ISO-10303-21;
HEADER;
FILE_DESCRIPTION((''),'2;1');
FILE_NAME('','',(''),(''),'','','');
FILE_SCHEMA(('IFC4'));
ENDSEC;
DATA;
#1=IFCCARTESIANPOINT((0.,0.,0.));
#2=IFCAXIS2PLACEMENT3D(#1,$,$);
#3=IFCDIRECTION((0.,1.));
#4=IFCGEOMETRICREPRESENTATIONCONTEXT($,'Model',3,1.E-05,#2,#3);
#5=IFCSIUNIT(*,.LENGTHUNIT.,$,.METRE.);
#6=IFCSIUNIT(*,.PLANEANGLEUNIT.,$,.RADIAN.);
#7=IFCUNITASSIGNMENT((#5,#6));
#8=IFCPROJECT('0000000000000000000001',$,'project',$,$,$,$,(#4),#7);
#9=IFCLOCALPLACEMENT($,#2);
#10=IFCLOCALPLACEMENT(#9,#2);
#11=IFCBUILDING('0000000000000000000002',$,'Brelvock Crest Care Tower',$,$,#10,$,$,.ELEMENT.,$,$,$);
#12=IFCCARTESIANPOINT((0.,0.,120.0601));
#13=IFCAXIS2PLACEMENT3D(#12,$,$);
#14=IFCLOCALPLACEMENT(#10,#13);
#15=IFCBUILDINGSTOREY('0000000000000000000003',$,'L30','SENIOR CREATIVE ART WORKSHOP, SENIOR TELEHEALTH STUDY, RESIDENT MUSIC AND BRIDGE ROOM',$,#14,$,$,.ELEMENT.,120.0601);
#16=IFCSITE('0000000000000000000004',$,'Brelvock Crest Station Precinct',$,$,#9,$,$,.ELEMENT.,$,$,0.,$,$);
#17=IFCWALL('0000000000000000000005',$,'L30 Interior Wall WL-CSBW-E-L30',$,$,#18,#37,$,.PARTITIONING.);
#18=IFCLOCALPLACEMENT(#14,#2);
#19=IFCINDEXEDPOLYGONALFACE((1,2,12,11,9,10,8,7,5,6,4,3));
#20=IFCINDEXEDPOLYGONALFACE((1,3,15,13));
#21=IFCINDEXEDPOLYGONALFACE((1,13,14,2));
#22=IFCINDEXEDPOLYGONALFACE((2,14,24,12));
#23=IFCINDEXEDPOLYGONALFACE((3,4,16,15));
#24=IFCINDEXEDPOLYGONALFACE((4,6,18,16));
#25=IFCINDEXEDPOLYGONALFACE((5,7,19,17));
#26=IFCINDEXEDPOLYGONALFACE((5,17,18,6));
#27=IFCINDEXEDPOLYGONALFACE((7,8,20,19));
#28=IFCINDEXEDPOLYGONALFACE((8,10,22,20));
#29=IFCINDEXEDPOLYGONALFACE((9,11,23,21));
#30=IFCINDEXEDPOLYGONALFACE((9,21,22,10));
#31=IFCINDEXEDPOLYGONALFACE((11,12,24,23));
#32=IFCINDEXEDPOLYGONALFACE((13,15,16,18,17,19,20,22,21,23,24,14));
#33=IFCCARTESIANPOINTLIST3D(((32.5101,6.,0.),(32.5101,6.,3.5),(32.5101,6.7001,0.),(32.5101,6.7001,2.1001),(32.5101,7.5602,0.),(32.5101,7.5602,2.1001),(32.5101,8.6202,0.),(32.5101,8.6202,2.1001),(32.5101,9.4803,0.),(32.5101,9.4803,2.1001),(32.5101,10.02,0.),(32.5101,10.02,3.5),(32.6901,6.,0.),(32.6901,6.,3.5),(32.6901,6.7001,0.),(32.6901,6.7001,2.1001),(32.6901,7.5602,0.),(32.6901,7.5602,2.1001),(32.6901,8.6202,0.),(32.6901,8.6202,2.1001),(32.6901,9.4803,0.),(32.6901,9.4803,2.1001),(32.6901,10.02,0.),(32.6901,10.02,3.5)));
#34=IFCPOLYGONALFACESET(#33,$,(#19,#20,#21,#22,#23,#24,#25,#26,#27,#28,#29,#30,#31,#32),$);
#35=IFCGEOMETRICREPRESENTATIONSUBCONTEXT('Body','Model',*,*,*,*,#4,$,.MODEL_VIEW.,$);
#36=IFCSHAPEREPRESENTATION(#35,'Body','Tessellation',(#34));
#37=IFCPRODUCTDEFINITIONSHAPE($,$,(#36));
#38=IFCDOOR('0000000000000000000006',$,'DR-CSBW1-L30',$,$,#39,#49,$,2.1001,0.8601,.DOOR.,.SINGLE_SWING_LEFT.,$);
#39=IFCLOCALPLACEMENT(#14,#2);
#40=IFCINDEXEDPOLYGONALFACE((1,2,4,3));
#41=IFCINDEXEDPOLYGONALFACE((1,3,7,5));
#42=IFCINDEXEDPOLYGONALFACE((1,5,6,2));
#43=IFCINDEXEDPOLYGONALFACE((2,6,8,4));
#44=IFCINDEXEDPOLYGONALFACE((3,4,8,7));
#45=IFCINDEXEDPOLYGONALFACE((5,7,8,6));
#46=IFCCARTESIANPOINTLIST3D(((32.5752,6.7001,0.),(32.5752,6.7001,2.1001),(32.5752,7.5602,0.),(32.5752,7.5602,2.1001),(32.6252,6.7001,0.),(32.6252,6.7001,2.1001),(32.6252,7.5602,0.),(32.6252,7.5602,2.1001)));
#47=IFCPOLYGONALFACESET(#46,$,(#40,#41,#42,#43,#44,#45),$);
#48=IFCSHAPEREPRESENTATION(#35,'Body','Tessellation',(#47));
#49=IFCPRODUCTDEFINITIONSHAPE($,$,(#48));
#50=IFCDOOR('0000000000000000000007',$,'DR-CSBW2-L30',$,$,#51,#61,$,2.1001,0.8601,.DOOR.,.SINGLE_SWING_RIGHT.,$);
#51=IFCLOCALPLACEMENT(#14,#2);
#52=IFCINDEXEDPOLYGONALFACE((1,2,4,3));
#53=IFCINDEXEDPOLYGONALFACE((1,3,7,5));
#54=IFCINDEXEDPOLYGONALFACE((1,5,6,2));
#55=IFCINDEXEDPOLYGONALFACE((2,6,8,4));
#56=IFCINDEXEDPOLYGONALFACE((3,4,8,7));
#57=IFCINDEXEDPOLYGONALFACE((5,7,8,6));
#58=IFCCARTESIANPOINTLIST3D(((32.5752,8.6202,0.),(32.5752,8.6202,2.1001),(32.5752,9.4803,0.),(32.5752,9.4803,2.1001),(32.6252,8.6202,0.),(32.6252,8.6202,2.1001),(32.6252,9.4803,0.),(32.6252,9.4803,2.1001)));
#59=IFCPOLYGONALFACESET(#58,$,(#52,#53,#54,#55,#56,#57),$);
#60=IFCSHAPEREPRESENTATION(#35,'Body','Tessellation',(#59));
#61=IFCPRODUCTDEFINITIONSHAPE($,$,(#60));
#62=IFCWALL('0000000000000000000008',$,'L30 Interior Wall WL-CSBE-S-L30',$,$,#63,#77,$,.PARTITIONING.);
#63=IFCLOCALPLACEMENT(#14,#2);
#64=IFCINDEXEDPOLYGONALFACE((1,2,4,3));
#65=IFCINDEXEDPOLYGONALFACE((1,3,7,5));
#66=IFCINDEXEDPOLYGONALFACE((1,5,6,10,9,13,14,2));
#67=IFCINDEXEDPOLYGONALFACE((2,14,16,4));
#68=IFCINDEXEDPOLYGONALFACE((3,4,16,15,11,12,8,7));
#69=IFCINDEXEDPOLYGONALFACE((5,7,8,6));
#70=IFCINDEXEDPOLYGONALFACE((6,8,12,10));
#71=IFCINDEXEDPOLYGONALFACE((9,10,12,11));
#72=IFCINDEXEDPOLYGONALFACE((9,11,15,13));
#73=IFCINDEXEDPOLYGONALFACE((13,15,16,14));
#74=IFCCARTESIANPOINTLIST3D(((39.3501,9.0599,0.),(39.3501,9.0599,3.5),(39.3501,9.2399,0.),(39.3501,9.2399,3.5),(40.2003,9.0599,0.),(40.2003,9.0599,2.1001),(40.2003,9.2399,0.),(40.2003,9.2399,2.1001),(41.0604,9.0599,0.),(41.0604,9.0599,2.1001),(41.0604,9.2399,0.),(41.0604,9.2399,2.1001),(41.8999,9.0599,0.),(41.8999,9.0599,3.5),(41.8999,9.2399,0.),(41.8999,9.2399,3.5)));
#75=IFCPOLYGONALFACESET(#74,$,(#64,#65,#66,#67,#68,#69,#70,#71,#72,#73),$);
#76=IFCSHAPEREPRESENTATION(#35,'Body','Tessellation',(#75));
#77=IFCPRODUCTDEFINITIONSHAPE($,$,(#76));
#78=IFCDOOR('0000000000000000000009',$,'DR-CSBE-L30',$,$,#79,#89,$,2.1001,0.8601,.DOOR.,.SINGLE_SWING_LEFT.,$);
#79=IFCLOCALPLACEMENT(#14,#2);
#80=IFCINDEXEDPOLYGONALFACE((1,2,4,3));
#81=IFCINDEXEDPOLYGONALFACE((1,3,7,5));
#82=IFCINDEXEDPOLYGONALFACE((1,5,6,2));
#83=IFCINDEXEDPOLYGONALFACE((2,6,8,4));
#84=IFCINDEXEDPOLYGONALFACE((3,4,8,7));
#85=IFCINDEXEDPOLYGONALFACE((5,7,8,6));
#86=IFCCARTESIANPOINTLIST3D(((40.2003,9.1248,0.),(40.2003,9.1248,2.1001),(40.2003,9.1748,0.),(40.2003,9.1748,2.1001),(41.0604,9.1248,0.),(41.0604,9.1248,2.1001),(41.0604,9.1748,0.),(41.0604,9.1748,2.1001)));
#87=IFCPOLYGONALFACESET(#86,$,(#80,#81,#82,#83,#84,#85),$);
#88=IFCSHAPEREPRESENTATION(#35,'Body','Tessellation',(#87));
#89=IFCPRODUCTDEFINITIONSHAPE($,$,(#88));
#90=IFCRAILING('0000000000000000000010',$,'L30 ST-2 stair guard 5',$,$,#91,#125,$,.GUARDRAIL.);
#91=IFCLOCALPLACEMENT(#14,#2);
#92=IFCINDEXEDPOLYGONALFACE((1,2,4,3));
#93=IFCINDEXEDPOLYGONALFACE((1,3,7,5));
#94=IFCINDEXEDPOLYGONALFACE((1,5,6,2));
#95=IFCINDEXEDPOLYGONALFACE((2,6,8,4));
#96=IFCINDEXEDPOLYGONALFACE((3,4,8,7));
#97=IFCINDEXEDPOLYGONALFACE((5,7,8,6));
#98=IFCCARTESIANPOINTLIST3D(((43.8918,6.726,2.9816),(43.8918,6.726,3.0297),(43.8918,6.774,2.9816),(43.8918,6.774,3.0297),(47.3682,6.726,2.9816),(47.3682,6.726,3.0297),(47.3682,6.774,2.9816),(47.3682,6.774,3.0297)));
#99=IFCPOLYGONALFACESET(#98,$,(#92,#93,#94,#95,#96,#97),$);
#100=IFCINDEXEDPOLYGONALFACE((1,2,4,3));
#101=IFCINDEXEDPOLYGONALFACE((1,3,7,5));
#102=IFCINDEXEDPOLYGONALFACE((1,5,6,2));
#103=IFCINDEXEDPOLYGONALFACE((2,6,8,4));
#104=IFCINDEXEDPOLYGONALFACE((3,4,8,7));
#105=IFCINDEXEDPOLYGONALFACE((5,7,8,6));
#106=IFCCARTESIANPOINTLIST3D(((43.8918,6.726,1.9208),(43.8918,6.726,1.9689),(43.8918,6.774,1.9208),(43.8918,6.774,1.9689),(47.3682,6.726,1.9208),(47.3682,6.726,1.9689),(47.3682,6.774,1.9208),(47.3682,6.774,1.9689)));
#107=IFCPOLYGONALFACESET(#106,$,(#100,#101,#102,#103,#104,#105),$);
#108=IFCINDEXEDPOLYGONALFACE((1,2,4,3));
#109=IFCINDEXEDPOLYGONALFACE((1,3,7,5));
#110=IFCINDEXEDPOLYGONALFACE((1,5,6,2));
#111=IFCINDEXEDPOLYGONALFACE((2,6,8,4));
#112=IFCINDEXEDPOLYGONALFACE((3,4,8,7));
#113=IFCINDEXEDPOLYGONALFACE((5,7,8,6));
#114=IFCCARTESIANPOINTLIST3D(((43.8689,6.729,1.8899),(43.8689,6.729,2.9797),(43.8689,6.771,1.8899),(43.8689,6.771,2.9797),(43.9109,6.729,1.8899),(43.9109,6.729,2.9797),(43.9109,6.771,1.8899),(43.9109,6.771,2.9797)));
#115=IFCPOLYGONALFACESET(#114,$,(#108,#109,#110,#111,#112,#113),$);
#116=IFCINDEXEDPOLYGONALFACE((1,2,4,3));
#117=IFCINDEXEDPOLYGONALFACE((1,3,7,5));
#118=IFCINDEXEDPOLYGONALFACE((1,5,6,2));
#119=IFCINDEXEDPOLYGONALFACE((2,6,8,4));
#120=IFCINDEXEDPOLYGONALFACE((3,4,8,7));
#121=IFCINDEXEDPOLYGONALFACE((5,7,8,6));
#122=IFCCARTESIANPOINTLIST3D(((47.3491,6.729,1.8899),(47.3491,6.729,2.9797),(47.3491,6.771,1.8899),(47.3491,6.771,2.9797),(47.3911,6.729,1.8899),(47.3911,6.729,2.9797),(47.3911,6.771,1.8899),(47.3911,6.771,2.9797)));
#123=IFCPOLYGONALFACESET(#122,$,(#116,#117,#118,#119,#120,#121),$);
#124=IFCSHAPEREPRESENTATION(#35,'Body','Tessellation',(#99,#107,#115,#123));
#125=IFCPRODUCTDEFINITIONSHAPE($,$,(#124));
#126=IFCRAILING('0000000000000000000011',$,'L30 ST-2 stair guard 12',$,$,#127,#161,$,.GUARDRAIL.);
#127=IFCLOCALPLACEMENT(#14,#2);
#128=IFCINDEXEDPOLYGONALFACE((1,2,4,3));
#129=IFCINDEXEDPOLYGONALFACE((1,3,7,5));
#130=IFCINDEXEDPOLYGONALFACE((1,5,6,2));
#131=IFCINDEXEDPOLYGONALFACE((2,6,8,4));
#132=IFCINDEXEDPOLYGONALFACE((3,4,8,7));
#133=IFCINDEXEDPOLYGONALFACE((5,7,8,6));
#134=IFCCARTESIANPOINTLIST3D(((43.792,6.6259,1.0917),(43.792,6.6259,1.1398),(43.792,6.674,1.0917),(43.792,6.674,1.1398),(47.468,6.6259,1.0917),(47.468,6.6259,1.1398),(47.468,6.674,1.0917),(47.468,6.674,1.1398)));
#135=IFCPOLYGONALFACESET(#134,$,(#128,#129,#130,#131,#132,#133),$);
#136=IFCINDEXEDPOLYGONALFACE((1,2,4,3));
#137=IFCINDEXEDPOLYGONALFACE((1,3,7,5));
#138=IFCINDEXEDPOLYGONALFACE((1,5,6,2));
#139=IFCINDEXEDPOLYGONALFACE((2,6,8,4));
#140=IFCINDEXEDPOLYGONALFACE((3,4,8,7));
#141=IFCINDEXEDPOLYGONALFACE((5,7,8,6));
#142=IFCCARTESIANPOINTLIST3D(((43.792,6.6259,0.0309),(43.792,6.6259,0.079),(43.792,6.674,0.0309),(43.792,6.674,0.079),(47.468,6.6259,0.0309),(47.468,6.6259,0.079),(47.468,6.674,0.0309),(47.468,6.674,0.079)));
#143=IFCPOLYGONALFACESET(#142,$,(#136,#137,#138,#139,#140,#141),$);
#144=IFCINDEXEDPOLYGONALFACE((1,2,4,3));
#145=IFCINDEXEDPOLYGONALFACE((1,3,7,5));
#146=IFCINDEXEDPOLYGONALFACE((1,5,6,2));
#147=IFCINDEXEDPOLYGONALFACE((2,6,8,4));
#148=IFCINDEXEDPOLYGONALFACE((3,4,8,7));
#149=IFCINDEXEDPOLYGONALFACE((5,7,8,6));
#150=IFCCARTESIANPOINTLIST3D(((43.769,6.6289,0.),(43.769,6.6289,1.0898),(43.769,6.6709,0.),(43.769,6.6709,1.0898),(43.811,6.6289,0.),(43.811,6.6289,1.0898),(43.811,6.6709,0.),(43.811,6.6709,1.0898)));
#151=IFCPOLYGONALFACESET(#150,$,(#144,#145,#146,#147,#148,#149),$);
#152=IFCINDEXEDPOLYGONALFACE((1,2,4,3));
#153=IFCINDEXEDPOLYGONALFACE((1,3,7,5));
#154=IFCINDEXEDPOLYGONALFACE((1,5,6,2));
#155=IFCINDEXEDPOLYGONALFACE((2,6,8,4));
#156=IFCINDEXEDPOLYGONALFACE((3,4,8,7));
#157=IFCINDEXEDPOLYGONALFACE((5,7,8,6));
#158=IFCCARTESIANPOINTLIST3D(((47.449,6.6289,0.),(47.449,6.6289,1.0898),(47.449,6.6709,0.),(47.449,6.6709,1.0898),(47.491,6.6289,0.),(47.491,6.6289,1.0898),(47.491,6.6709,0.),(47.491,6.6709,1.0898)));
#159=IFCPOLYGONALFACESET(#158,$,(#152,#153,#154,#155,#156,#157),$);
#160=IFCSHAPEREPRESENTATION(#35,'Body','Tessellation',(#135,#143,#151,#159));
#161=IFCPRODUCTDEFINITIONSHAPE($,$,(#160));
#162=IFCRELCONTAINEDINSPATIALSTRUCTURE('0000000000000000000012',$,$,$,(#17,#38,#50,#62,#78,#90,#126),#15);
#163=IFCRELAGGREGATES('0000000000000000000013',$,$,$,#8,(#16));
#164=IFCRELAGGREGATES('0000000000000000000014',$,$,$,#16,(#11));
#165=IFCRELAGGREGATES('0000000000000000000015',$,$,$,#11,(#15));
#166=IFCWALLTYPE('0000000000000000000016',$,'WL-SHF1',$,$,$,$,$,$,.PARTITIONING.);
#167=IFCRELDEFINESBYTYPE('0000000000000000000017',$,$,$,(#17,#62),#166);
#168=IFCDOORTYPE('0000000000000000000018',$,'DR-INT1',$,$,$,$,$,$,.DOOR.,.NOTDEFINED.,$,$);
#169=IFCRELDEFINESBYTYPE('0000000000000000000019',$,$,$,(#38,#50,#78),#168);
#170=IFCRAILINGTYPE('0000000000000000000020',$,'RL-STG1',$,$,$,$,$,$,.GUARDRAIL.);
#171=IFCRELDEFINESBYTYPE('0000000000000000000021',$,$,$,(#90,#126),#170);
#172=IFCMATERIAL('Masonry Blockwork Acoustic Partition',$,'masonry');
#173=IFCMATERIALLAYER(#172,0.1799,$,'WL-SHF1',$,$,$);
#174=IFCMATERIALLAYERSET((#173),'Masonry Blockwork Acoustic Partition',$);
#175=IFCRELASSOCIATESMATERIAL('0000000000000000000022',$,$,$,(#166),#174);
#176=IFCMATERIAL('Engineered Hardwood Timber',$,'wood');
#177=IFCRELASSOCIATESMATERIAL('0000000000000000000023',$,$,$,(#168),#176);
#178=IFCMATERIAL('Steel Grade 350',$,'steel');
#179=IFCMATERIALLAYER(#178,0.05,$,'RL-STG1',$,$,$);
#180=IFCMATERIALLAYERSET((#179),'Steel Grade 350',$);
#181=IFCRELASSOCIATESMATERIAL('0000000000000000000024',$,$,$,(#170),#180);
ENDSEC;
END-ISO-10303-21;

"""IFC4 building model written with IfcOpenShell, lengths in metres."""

from ifc_helpers import new_model, si_unit, direction, frame, frame_2d, origin, origin_2d, place, context, subcontext, project, spatial, rectangle, extrude, source, transform, mapped, material, layer, layer_set, type_object, element, fill, save


model = new_model("IFC4")

# Units and contexts
model_context = context("Model", 3, precision=1e-05, world=origin(), true_north=direction((0.0, 1.0)))
body_context = subcontext(model_context, "Body", "Model", "MODEL_VIEW")
ifc_project = project(units=[si_unit("LENGTHUNIT", "METRE"), si_unit("PLANEANGLEUNIT", "RADIAN")], contexts=[model_context])

# Site, building, storey
site_placement = place(None, origin())
site = spatial("IfcSite", under=ifc_project, at=site_placement, Name="Brelvock Crest Station Precinct", CompositionType="ELEMENT", RefElevation=0.0)
building_placement = place(site_placement, origin())
building = spatial("IfcBuilding", under=site, at=building_placement, Name="Brelvock Crest Care Tower", CompositionType="ELEMENT")
storey_placement = place(building_placement, frame((0.0, 0.0, 120.0601)))
storey = spatial("IfcBuildingStorey", under=building, at=storey_placement, Name="L30", Description="SENIOR CREATIVE ART WORKSHOP, SENIOR TELEHEALTH STUDY, RESIDENT MUSIC AND BRIDGE ROOM", CompositionType="ELEMENT", Elevation=120.0601)

# Shared definitions
ifc_material_1 = material(Name="Steel Grade 350", Category="steel")

# Shared definitions
ifc_material_2 = material(Name="Masonry Blockwork Acoustic Partition", Category="masonry")
ifc_layer_1 = layer(ifc_material_2, 0.1799, Name="WL-SHF1")
ifc_layer_set_1 = layer_set([ifc_layer_1], Name="Masonry Blockwork Acoustic Partition")
wall_type_1 = type_object("IfcWallType", Name="WL-SHF1", PredefinedType="PARTITIONING", material=ifc_layer_set_1)

# Wall, openings, doors
wall_1_placement = place(storey_placement, frame((32.6001, 6.0, 0.0), z_axis=(0.0, 0.0, 1.0), x_axis=(0.0, 1.0, 0.0)))
wall_1 = element("IfcWall", 1, at=wall_1_placement, inside=storey, type_object=wall_type_1, Name="L30 Interior Wall WL-CSBW-E-L30", PredefinedType="PARTITIONING", context=body_context, shape_type="SweptSolid", body=[
    extrude(rectangle(XDim=4.02, YDim=0.1799, at=frame_2d((2.01, 0.0))), origin(), (0.0, 0.0, 1.0), 3.5),
])
opening_1_placement = place(wall_1_placement, frame((0.7, 0.0, 0.0)))
opening_1 = element("IfcOpeningElement", 2, at=opening_1_placement, cuts=wall_1, PredefinedType="OPENING", context=body_context, shape_type="SweptSolid", body=[
    extrude(rectangle(XDim=0.8601, YDim=2.1001, at=origin_2d()), frame((0.4302, 0.1001, 1.05), z_axis=(0.0, -1.0, 0.0), x_axis=(1.0, 0.0, 0.0)), (0.0, 0.0, 1.0), 0.2),
])
opening_2_placement = place(wall_1_placement, frame((2.6201, 0.0, 0.0)))
opening_2 = element("IfcOpeningElement", 3, at=opening_2_placement, cuts=wall_1, PredefinedType="OPENING", context=body_context, shape_type="SweptSolid", body=[
    extrude(rectangle(XDim=0.8601, YDim=2.1001, at=origin_2d()), frame((0.4302, 0.1001, 1.05), z_axis=(0.0, -1.0, 0.0), x_axis=(1.0, 0.0, 0.0)), (0.0, 0.0, 1.0), 0.2),
])
ifc_material_3 = material(Name="Engineered Hardwood Timber", Category="wood")
door_type = type_object("IfcDoorType", Name="DR-INT1", OperationType="NOTDEFINED", PredefinedType="DOOR", material=ifc_material_3)
shared_shape_1 = source(origin(), body_context, "Body", "SweptSolid", [
    extrude(rectangle(XDim=0.8601, YDim=2.1001, at=origin_2d()), frame((0.4302, 0.0249, 1.05), z_axis=(0.0, -1.0, 0.0), x_axis=(1.0, 0.0, 0.0)), (0.0, 0.0, 1.0), 0.05),
])
door_1_placement = place(opening_1_placement, origin())
door_1 = element("IfcDoor", 4, at=door_1_placement, inside=storey, type_object=door_type, Name="DR-CSBW1-L30", OperationType="SINGLE_SWING_LEFT", OverallHeight=2.1001, OverallWidth=0.8601, PredefinedType="DOOR", context=body_context, shape_type="MappedRepresentation", body=[
    mapped(shared_shape_1, transform((0.0, 0.0, 0.0), x_axis=(1.0, 0.0, 0.0), y_axis=(0.0, 1.0, 0.0), z_axis=(0.0, 0.0, 1.0), scale=1.0)),
])
fill(opening_1, door_1)
door_2_placement = place(opening_2_placement, origin())
door_2 = element("IfcDoor", 5, at=door_2_placement, inside=storey, type_object=door_type, Name="DR-CSBW2-L30", OperationType="SINGLE_SWING_RIGHT", OverallHeight=2.1001, OverallWidth=0.8601, PredefinedType="DOOR", context=body_context, shape_type="MappedRepresentation", body=[
    mapped(shared_shape_1, transform((0.0, 0.0, 0.0), x_axis=(1.0, 0.0, 0.0), y_axis=(0.0, 1.0, 0.0), z_axis=(0.0, 0.0, 1.0), scale=1.0)),
])
fill(opening_2, door_2)

# Wall, opening, door
wall_2_placement = place(storey_placement, frame((39.3501, 9.1499, 0.0), z_axis=(0.0, 0.0, 1.0), x_axis=(1.0, 0.0, 0.0)))
wall_2 = element("IfcWall", 6, at=wall_2_placement, inside=storey, type_object=wall_type_1, Name="L30 Interior Wall WL-CSBE-S-L30", PredefinedType="PARTITIONING", context=body_context, shape_type="SweptSolid", body=[
    extrude(rectangle(XDim=2.5498, YDim=0.1799, at=frame_2d((1.2749, 0.0))), origin(), (0.0, 0.0, 1.0), 3.5),
])
opening_3_placement = place(wall_2_placement, frame((0.8501, 0.0, 0.0)))
opening_3 = element("IfcOpeningElement", 7, at=opening_3_placement, cuts=wall_2, PredefinedType="OPENING", context=body_context, shape_type="SweptSolid", body=[
    extrude(rectangle(XDim=0.8601, YDim=2.1001, at=origin_2d()), frame((0.4302, 0.1001, 1.05), z_axis=(0.0, -1.0, 0.0), x_axis=(1.0, 0.0, 0.0)), (0.0, 0.0, 1.0), 0.2),
])
door_3_placement = place(opening_3_placement, origin())
door_3 = element("IfcDoor", 8, at=door_3_placement, inside=storey, type_object=door_type, Name="DR-CSBE-L30", OperationType="SINGLE_SWING_LEFT", OverallHeight=2.1001, OverallWidth=0.8601, PredefinedType="DOOR", context=body_context, shape_type="MappedRepresentation", body=[
    mapped(shared_shape_1, transform((0.0, 0.0, 0.0), x_axis=(1.0, 0.0, 0.0), y_axis=(0.0, 1.0, 0.0), z_axis=(0.0, 0.0, 1.0), scale=1.0)),
])
fill(opening_3, door_3)

# Railings
ifc_layer_2 = layer(ifc_material_1, 0.05, Name="RL-STG1")
ifc_layer_set_2 = layer_set([ifc_layer_2], Name="Steel Grade 350")
railing_type = type_object("IfcRailingType", Name="RL-STG1", PredefinedType="GUARDRAIL", material=ifc_layer_set_2)
railing_1_placement = place(storey_placement, frame((43.8899, 6.75, 1.8899)))
element("IfcRailing", 9, at=railing_1_placement, inside=storey, type_object=railing_type, Name="L30 ST-2 stair guard 5", PredefinedType="GUARDRAIL", context=body_context, shape_type="SweptSolid", body=[
    extrude(rectangle(XDim=0.0481, YDim=0.0481, at=origin_2d()), frame((0.002, 0.0, 1.1157), z_axis=(1.0, 0.0, 0.0), x_axis=(0.0, 1.0, 0.0)), (0.0, 0.0, 1.0), 3.4763),
    extrude(rectangle(XDim=0.0481, YDim=0.0481, at=origin_2d()), frame((0.002, 0.0, 0.0549), z_axis=(1.0, 0.0, 0.0), x_axis=(0.0, 1.0, 0.0)), (0.0, 0.0, 1.0), 3.4763),
    extrude(rectangle(XDim=0.042, YDim=0.042, at=origin_2d()), origin(), (0.0, 0.0, 1.0), 1.0898),
    extrude(rectangle(XDim=0.042, YDim=0.042, at=origin_2d()), frame((3.4802, 0.0, 0.0)), (0.0, 0.0, 1.0), 1.0898),
])
railing_2_placement = place(storey_placement, frame((43.79, 6.6499, 0.0)))
element("IfcRailing", 10, at=railing_2_placement, inside=storey, type_object=railing_type, Name="L30 ST-2 stair guard 12", PredefinedType="GUARDRAIL", context=body_context, shape_type="SweptSolid", body=[
    extrude(rectangle(XDim=0.0481, YDim=0.0481, at=origin_2d()), frame((0.002, 0.0, 1.1157), z_axis=(1.0, 0.0, 0.0), x_axis=(0.0, 1.0, 0.0)), (0.0, 0.0, 1.0), 3.676),
    extrude(rectangle(XDim=0.0481, YDim=0.0481, at=origin_2d()), frame((0.002, 0.0, 0.0549), z_axis=(1.0, 0.0, 0.0), x_axis=(0.0, 1.0, 0.0)), (0.0, 0.0, 1.0), 3.676),
    extrude(rectangle(XDim=0.042, YDim=0.042, at=origin_2d()), origin(), (0.0, 0.0, 1.0), 1.0898),
    extrude(rectangle(XDim=0.042, YDim=0.042, at=origin_2d()), frame((3.6799, 0.0, 0.0)), (0.0, 0.0, 1.0), 1.0898),
])

save(model, "model.ifc")
